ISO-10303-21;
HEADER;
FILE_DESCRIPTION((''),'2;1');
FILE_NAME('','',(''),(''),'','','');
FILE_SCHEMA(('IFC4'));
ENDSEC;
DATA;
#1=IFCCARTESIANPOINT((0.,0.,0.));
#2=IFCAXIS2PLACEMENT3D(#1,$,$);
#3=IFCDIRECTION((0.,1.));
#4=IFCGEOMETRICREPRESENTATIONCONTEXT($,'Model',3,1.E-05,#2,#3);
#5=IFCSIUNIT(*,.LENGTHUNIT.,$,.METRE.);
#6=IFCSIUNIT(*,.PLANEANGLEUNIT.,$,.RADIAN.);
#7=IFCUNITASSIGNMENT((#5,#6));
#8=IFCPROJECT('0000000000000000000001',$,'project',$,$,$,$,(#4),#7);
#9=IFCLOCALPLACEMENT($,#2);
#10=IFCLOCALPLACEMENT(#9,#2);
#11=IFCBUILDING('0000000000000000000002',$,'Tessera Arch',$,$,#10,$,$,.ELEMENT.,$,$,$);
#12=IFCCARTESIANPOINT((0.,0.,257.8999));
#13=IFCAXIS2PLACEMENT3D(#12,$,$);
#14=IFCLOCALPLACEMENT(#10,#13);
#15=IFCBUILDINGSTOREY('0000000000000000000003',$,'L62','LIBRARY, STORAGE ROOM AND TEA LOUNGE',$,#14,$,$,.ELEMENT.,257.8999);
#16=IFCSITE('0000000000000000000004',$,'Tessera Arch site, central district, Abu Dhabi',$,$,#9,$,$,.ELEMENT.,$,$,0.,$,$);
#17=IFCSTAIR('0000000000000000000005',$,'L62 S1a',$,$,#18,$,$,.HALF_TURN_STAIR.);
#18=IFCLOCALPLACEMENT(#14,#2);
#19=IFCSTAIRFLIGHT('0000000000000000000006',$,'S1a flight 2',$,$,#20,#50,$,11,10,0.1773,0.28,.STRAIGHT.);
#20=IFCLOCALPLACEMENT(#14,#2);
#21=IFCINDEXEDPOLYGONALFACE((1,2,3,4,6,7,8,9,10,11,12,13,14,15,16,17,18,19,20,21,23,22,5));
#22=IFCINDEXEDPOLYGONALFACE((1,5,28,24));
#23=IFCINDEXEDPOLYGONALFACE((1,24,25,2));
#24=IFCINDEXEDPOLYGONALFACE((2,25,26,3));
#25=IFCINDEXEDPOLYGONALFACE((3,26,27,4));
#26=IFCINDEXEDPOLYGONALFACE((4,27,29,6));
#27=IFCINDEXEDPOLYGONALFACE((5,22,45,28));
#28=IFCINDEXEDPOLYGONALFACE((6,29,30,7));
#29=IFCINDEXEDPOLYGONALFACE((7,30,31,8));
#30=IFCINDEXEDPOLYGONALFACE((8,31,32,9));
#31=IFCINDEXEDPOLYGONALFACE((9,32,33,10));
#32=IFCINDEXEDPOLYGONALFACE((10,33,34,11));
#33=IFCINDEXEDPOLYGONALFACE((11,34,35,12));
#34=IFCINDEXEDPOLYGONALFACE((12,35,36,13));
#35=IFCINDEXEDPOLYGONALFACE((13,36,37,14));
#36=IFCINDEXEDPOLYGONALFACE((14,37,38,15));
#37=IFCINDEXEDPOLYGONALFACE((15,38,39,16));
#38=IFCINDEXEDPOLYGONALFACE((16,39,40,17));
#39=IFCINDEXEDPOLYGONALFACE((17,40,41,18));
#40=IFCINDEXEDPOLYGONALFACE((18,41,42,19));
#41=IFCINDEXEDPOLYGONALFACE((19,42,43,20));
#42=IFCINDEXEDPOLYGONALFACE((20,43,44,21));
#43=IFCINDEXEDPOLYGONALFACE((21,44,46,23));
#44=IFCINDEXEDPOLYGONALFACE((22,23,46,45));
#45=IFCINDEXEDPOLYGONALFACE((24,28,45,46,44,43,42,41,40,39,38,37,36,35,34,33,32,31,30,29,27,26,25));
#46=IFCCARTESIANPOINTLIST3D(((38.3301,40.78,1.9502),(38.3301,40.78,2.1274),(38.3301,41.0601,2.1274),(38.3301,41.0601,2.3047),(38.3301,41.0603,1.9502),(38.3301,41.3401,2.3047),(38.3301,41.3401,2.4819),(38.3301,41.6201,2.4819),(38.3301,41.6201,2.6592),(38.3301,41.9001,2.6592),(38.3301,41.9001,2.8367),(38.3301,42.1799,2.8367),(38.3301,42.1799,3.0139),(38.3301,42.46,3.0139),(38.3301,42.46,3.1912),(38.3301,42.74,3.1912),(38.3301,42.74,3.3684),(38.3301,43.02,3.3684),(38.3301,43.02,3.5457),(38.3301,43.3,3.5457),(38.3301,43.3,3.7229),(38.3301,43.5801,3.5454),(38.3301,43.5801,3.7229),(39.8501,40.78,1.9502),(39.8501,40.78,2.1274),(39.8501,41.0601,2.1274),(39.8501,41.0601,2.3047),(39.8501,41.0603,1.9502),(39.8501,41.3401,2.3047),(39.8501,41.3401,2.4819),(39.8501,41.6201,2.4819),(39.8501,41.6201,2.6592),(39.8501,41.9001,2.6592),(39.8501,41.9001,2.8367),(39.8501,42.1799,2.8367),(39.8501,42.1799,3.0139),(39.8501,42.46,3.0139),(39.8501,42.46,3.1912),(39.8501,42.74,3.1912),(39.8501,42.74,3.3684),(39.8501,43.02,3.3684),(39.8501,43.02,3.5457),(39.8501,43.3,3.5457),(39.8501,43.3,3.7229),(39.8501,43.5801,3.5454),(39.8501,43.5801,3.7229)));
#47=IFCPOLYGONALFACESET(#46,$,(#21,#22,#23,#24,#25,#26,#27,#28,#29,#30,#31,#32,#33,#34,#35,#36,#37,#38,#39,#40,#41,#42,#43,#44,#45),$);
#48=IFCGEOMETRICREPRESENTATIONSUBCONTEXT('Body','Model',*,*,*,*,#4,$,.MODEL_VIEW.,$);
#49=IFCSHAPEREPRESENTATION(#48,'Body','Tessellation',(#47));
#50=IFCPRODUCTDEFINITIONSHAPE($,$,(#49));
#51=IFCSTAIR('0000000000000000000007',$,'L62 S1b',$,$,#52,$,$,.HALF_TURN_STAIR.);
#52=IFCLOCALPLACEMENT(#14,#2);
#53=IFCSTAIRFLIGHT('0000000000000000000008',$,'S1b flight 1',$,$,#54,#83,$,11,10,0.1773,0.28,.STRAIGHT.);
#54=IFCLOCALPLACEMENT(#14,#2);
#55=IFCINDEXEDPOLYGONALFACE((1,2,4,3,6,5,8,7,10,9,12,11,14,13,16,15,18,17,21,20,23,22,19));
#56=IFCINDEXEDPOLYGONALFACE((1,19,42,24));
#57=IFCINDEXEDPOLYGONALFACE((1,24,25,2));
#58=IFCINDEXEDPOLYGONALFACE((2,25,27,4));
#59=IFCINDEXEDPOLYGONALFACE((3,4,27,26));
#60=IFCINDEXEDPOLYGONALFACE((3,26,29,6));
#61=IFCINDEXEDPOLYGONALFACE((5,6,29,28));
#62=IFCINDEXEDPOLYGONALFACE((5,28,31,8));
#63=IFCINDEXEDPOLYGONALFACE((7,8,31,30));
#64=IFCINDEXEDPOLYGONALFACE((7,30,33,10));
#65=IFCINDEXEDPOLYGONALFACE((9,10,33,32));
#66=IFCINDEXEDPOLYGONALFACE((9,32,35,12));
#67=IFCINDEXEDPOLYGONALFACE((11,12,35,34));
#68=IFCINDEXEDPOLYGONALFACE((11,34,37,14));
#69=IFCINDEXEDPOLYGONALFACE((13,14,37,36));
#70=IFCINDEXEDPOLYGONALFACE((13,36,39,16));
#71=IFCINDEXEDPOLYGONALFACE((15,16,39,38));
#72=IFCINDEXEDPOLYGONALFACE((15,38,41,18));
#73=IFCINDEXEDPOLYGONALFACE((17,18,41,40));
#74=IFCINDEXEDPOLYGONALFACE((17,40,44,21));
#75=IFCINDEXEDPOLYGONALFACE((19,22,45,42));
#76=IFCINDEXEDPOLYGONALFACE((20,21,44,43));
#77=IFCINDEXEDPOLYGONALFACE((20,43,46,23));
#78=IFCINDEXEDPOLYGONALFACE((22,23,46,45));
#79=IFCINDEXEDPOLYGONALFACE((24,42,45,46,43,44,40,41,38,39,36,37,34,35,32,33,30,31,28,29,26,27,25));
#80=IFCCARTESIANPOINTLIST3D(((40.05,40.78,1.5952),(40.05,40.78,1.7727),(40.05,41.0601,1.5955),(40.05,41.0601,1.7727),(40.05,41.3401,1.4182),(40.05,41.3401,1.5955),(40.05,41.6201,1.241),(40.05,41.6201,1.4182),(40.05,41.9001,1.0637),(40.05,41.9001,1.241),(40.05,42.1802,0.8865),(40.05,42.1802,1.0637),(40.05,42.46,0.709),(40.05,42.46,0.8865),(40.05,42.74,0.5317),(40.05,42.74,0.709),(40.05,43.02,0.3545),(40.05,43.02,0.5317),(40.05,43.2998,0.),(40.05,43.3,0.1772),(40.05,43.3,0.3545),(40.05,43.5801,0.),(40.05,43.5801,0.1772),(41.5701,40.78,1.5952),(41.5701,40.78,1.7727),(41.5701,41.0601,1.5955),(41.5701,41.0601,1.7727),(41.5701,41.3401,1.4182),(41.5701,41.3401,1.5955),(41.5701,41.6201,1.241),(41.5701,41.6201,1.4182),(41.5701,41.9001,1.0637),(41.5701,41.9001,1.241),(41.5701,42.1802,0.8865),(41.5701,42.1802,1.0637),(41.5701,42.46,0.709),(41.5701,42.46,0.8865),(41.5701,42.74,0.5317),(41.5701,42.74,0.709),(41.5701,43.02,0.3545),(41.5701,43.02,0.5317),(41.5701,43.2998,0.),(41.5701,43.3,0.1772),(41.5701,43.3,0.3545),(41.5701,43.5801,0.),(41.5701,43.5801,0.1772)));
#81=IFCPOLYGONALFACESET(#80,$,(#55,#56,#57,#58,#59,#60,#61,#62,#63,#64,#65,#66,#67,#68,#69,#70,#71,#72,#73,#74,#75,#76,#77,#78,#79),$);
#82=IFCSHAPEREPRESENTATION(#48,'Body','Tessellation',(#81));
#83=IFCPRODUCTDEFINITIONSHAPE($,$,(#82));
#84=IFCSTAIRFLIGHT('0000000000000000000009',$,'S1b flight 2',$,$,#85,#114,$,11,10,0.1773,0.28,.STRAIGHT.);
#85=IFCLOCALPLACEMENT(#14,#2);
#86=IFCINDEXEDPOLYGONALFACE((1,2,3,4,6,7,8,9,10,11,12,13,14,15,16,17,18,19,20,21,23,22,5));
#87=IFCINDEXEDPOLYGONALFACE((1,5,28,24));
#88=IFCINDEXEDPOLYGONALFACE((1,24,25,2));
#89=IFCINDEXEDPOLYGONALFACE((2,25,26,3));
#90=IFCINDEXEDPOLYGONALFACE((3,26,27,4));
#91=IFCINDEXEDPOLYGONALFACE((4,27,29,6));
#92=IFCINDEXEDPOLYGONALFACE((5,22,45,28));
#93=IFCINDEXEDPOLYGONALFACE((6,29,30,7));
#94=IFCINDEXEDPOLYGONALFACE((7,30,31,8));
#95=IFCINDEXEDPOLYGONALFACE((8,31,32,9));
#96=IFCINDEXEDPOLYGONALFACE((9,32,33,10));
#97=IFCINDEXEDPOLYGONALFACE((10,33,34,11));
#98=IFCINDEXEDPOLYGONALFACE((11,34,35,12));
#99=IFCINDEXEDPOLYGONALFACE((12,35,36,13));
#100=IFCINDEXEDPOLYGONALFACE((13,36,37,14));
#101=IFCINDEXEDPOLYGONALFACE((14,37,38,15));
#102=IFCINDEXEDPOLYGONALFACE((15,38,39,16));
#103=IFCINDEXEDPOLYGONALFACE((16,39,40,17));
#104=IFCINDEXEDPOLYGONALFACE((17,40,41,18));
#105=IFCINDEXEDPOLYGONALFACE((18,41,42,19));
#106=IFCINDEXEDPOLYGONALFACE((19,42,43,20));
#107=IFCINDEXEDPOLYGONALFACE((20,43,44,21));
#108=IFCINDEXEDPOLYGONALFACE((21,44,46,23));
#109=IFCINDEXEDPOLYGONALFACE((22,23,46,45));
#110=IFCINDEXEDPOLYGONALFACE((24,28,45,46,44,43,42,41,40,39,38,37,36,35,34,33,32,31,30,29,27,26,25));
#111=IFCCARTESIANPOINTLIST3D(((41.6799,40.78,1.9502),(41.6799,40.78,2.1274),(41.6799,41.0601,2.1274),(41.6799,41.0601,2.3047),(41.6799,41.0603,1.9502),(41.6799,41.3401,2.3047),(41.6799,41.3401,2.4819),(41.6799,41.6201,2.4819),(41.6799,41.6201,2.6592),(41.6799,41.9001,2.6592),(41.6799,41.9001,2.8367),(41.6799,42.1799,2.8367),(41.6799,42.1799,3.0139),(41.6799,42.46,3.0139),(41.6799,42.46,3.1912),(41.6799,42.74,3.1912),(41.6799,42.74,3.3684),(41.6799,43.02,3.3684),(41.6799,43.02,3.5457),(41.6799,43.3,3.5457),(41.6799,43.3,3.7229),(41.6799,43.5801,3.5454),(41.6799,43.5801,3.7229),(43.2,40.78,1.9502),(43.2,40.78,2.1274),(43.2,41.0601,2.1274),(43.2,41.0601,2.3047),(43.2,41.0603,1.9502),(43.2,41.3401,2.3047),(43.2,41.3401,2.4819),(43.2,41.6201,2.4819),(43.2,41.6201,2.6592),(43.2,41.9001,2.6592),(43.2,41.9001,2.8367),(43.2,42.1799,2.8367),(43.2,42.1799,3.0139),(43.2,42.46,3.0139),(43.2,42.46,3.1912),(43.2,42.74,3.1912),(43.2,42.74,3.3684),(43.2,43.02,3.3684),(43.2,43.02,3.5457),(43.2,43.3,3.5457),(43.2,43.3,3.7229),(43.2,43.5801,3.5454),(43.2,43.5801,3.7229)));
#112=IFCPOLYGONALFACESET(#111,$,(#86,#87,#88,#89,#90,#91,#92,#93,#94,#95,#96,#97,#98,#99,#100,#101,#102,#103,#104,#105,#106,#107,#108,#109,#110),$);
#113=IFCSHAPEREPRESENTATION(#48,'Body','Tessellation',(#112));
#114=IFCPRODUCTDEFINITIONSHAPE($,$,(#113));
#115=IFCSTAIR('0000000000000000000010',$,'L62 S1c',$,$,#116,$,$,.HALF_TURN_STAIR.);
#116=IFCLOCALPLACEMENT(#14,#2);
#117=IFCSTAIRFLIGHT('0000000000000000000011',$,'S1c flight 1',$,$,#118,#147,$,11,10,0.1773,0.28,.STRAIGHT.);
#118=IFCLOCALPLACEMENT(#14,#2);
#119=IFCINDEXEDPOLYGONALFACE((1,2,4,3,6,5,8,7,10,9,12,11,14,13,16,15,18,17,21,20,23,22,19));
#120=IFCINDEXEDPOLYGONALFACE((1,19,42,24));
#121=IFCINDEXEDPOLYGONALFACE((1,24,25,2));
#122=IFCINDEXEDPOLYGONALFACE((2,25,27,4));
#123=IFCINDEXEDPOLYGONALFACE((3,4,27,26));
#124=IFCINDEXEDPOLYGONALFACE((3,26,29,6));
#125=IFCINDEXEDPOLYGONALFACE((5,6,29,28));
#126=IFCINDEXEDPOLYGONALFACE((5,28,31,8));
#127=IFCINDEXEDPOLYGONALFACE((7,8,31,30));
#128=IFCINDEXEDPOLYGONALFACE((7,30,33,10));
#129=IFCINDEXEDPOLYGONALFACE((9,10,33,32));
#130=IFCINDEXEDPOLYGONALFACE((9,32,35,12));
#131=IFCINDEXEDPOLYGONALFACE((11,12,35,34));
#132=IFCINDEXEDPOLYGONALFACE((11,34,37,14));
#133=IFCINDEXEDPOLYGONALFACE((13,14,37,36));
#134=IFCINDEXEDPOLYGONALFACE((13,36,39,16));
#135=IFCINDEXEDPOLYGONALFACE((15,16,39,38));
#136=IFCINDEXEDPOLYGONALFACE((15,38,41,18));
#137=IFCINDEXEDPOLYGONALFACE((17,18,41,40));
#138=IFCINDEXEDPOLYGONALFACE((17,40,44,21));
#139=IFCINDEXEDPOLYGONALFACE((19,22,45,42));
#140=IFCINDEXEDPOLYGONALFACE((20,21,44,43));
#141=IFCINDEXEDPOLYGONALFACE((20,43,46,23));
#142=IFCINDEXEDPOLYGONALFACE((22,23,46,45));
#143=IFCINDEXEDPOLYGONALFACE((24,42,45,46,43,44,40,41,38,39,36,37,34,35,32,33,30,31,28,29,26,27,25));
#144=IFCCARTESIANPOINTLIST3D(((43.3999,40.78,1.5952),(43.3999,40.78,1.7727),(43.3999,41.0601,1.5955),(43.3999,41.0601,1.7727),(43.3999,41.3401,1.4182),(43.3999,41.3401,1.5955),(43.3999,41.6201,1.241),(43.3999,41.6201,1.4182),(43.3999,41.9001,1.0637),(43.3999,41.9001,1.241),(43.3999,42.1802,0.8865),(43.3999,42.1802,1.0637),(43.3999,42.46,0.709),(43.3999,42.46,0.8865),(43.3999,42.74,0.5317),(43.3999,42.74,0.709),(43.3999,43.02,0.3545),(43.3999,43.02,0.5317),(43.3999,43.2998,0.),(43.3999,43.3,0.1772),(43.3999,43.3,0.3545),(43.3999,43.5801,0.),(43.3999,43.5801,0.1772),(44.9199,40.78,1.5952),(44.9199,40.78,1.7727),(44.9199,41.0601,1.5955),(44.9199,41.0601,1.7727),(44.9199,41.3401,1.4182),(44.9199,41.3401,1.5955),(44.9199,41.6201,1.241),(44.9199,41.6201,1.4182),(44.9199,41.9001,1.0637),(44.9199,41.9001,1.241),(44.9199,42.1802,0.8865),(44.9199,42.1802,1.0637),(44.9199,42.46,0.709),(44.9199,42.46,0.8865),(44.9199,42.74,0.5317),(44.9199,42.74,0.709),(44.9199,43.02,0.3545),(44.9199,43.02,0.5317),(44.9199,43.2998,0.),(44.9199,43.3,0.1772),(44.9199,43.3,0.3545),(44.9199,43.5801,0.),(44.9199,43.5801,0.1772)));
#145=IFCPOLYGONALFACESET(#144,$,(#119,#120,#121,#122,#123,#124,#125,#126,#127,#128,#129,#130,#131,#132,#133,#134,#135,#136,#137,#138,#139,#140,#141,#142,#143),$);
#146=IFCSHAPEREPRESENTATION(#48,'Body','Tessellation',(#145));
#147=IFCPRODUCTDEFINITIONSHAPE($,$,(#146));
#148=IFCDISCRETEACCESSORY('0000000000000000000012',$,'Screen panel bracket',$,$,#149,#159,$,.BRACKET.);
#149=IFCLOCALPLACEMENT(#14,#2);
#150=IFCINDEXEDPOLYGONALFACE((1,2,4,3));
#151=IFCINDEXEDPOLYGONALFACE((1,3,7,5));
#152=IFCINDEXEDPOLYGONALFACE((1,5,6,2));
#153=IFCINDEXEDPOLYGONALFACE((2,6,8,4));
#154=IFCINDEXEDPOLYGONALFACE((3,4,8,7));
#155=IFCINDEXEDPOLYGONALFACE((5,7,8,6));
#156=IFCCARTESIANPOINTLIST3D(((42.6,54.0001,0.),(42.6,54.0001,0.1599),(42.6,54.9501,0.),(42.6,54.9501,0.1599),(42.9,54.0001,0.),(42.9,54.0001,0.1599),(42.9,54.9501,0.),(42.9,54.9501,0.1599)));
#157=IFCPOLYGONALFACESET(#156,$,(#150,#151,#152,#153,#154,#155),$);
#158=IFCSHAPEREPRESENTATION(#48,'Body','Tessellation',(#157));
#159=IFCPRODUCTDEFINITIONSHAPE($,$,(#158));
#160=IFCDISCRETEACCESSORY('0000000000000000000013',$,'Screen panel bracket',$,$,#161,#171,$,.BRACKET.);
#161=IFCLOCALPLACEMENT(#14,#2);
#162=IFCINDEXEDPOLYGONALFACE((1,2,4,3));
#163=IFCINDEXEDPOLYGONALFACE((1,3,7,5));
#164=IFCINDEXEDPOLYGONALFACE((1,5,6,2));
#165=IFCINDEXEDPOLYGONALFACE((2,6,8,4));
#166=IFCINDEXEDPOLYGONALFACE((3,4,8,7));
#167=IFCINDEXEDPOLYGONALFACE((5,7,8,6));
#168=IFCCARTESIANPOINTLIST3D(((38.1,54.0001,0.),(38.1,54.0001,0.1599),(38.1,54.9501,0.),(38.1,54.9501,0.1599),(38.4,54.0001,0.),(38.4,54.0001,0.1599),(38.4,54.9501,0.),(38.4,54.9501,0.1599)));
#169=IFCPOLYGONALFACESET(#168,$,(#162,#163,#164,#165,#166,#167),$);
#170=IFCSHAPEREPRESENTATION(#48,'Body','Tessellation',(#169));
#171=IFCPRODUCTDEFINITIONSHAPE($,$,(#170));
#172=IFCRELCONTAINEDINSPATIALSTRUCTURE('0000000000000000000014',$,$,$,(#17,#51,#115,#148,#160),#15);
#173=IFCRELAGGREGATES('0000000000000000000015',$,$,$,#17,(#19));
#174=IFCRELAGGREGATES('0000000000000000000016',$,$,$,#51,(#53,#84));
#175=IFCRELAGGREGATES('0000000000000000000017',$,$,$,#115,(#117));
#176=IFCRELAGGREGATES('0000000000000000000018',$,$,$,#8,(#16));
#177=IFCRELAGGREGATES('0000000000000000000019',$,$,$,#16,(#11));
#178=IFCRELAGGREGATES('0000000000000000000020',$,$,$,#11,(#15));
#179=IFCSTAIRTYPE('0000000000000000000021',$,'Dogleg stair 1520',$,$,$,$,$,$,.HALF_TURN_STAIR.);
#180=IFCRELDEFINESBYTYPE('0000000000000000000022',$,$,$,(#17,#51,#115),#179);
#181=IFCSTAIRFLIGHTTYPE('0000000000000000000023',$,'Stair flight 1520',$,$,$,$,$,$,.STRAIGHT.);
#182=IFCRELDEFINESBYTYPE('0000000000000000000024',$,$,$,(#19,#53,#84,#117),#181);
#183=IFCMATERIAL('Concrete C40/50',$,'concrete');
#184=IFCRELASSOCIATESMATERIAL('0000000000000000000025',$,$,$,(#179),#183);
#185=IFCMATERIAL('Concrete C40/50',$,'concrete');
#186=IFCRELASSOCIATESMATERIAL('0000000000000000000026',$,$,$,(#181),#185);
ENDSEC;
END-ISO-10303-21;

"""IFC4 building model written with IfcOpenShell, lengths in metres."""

from ifc_helpers import new_model, si_unit, direction, frame, origin, origin_2d, place, context, subcontext, project, spatial, polyline, rectangle, outline, extrude, material, type_object, element, aggregate, save


model = new_model("IFC4")

# Units and contexts
model_context = context("Model", 3, precision=1e-05, world=origin(), true_north=direction((0.0, 1.0)))
body_context = subcontext(model_context, "Body", "Model", "MODEL_VIEW")
ifc_project = project(units=[si_unit("LENGTHUNIT", "METRE"), si_unit("PLANEANGLEUNIT", "RADIAN")], contexts=[model_context])

# Site, building, storey
site_placement = place(None, origin())
site = spatial("IfcSite", under=ifc_project, at=site_placement, Name="Tessera Arch site, central district, Abu Dhabi", CompositionType="ELEMENT", RefElevation=0.0)
building_placement = place(site_placement, origin())
building = spatial("IfcBuilding", under=site, at=building_placement, Name="Tessera Arch", CompositionType="ELEMENT")
storey_placement = place(building_placement, frame((0.0, 0.0, 257.8999)))
storey = spatial("IfcBuildingStorey", under=building, at=storey_placement, Name="L62", Description="LIBRARY, STORAGE ROOM AND TEA LOUNGE", CompositionType="ELEMENT", Elevation=257.8999)

# Stairs, stair flights
ifc_material_1 = material(Name="Concrete C40/50", Category="concrete")
stair_type = type_object("IfcStairType", Name="Dogleg stair 1520", PredefinedType="HALF_TURN_STAIR", material=ifc_material_1)
stair_1_placement = place(storey_placement, origin())
stair_1 = element("IfcStair", 1, at=stair_1_placement, inside=storey, type_object=stair_type, Name="L62 S1a", PredefinedType="HALF_TURN_STAIR")
ifc_material_2 = material(Name="Concrete C40/50", Category="concrete")
stair_flight_type = type_object("IfcStairFlightType", Name="Stair flight 1520", PredefinedType="STRAIGHT", material=ifc_material_2)
stair_flight_1_placement = place(storey_placement, frame((39.0901, 40.78, 1.9502), z_axis=(0.0, 0.0, 1.0), x_axis=(0.0, 1.0, 0.0)))
stair_flight_1 = element("IfcStairFlight", 2, at=stair_flight_1_placement, type_object=stair_flight_type, Name="S1a flight 2", NumberOfRisers=11, NumberOfTreads=10, PredefinedType="STRAIGHT", RiserHeight=0.1773, TreadLength=0.28, context=body_context, shape_type="SweptSolid", body=[
    extrude(outline(polyline([(0.0, 0.0), (0.0, 0.1772), (0.28, 0.1772), (0.28, 0.3545), (0.5601, 0.3545), (0.5601, 0.5317), (0.8401, 0.5317), (0.8401, 0.709), (1.1201, 0.709), (1.1201, 0.8865), (1.3999, 0.8865), (1.3999, 1.0637), (1.6799, 1.0637), (1.6799, 1.241), (1.96, 1.241), (1.96, 1.4182), (2.24, 1.4182), (2.24, 1.5955), (2.52, 1.5955), (2.52, 1.7727), (2.8, 1.7727), (2.8, 1.95), (2.8, 1.5952), (0.2803, 0.0), (0.0, 0.0)])), frame((0.0, 0.76, 0.0), z_axis=(0.0, -1.0, 0.0), x_axis=(1.0, 0.0, 0.0)), (0.0, 0.0, 1.0), 1.52),
])
aggregate(stair_1, [stair_flight_1])
stair_2_placement = place(storey_placement, origin())
stair_2 = element("IfcStair", 3, at=stair_2_placement, inside=storey, type_object=stair_type, Name="L62 S1b", PredefinedType="HALF_TURN_STAIR")
stair_flight_2_placement = place(storey_placement, frame((40.8101, 43.5801, 0.0), z_axis=(0.0, 0.0, 1.0), x_axis=(0.0, -1.0, 0.0)))
stair_flight_2 = element("IfcStairFlight", 4, at=stair_flight_2_placement, type_object=stair_flight_type, Name="S1b flight 1", NumberOfRisers=11, NumberOfTreads=10, PredefinedType="STRAIGHT", RiserHeight=0.1773, TreadLength=0.28, context=body_context, shape_type="SweptSolid", body=[
    extrude(outline(polyline([(0.0, 0.0), (0.0, 0.1772), (0.28, 0.1772), (0.28, 0.3545), (0.5601, 0.3545), (0.5601, 0.5317), (0.8401, 0.5317), (0.8401, 0.709), (1.1201, 0.709), (1.1201, 0.8865), (1.3999, 0.8865), (1.3999, 1.0637), (1.6799, 1.0637), (1.6799, 1.241), (1.96, 1.241), (1.96, 1.4182), (2.24, 1.4182), (2.24, 1.5955), (2.52, 1.5955), (2.52, 1.7727), (2.8, 1.7727), (2.8, 1.95), (2.8, 1.5952), (0.2803, 0.0), (0.0, 0.0)])), frame((0.0, 0.76, 0.0), z_axis=(0.0, -1.0, 0.0), x_axis=(1.0, 0.0, 0.0)), (0.0, 0.0, 1.0), 1.52),
])
stair_flight_3_placement = place(storey_placement, frame((42.4399, 40.78, 1.9502), z_axis=(0.0, 0.0, 1.0), x_axis=(0.0, 1.0, 0.0)))
stair_flight_3 = element("IfcStairFlight", 5, at=stair_flight_3_placement, type_object=stair_flight_type, Name="S1b flight 2", NumberOfRisers=11, NumberOfTreads=10, PredefinedType="STRAIGHT", RiserHeight=0.1773, TreadLength=0.28, context=body_context, shape_type="SweptSolid", body=[
    extrude(outline(polyline([(0.0, 0.0), (0.0, 0.1772), (0.28, 0.1772), (0.28, 0.3545), (0.5601, 0.3545), (0.5601, 0.5317), (0.8401, 0.5317), (0.8401, 0.709), (1.1201, 0.709), (1.1201, 0.8865), (1.3999, 0.8865), (1.3999, 1.0637), (1.6799, 1.0637), (1.6799, 1.241), (1.96, 1.241), (1.96, 1.4182), (2.24, 1.4182), (2.24, 1.5955), (2.52, 1.5955), (2.52, 1.7727), (2.8, 1.7727), (2.8, 1.95), (2.8, 1.5952), (0.2803, 0.0), (0.0, 0.0)])), frame((0.0, 0.76, 0.0), z_axis=(0.0, -1.0, 0.0), x_axis=(1.0, 0.0, 0.0)), (0.0, 0.0, 1.0), 1.52),
])
aggregate(stair_2, [stair_flight_2, stair_flight_3])

# Stair, stair flight
stair_3_placement = place(storey_placement, origin())
stair_3 = element("IfcStair", 6, at=stair_3_placement, inside=storey, type_object=stair_type, Name="L62 S1c", PredefinedType="HALF_TURN_STAIR")
stair_flight_4_placement = place(storey_placement, frame((44.1599, 43.5801, 0.0), z_axis=(0.0, 0.0, 1.0), x_axis=(0.0, -1.0, 0.0)))
stair_flight_4 = element("IfcStairFlight", 7, at=stair_flight_4_placement, type_object=stair_flight_type, Name="S1c flight 1", NumberOfRisers=11, NumberOfTreads=10, PredefinedType="STRAIGHT", RiserHeight=0.1773, TreadLength=0.28, context=body_context, shape_type="SweptSolid", body=[
    extrude(outline(polyline([(0.0, 0.0), (0.0, 0.1772), (0.28, 0.1772), (0.28, 0.3545), (0.5601, 0.3545), (0.5601, 0.5317), (0.8401, 0.5317), (0.8401, 0.709), (1.1201, 0.709), (1.1201, 0.8865), (1.3999, 0.8865), (1.3999, 1.0637), (1.6799, 1.0637), (1.6799, 1.241), (1.96, 1.241), (1.96, 1.4182), (2.24, 1.4182), (2.24, 1.5955), (2.52, 1.5955), (2.52, 1.7727), (2.8, 1.7727), (2.8, 1.95), (2.8, 1.5952), (0.2803, 0.0), (0.0, 0.0)])), frame((0.0, 0.76, 0.0), z_axis=(0.0, -1.0, 0.0), x_axis=(1.0, 0.0, 0.0)), (0.0, 0.0, 1.0), 1.52),
])
aggregate(stair_3, [stair_flight_4])

# Discrete accessories
for number, where, z_axis, x_axis, name in (
    (8, (42.75, 54.4751, 0.0), (0.0, 0.0, 1.0), (0.0, 1.0, 0.0), "Screen panel bracket"),
    (9, (38.25, 54.4751, 0.0), (0.0, 0.0, 1.0), (0.0, 1.0, 0.0), "Screen panel bracket"),
):
    element("IfcDiscreteAccessory", number, at=place(storey_placement, frame(where, z_axis=z_axis, x_axis=x_axis)), inside=storey, Name=name, PredefinedType="BRACKET", context=body_context, shape_type="SweptSolid", body=[
        extrude(rectangle(XDim=0.95, YDim=0.3, at=origin_2d()), origin(), (0.0, 0.0, 1.0), 0.1599),
    ])

save(model, "model.ifc")
